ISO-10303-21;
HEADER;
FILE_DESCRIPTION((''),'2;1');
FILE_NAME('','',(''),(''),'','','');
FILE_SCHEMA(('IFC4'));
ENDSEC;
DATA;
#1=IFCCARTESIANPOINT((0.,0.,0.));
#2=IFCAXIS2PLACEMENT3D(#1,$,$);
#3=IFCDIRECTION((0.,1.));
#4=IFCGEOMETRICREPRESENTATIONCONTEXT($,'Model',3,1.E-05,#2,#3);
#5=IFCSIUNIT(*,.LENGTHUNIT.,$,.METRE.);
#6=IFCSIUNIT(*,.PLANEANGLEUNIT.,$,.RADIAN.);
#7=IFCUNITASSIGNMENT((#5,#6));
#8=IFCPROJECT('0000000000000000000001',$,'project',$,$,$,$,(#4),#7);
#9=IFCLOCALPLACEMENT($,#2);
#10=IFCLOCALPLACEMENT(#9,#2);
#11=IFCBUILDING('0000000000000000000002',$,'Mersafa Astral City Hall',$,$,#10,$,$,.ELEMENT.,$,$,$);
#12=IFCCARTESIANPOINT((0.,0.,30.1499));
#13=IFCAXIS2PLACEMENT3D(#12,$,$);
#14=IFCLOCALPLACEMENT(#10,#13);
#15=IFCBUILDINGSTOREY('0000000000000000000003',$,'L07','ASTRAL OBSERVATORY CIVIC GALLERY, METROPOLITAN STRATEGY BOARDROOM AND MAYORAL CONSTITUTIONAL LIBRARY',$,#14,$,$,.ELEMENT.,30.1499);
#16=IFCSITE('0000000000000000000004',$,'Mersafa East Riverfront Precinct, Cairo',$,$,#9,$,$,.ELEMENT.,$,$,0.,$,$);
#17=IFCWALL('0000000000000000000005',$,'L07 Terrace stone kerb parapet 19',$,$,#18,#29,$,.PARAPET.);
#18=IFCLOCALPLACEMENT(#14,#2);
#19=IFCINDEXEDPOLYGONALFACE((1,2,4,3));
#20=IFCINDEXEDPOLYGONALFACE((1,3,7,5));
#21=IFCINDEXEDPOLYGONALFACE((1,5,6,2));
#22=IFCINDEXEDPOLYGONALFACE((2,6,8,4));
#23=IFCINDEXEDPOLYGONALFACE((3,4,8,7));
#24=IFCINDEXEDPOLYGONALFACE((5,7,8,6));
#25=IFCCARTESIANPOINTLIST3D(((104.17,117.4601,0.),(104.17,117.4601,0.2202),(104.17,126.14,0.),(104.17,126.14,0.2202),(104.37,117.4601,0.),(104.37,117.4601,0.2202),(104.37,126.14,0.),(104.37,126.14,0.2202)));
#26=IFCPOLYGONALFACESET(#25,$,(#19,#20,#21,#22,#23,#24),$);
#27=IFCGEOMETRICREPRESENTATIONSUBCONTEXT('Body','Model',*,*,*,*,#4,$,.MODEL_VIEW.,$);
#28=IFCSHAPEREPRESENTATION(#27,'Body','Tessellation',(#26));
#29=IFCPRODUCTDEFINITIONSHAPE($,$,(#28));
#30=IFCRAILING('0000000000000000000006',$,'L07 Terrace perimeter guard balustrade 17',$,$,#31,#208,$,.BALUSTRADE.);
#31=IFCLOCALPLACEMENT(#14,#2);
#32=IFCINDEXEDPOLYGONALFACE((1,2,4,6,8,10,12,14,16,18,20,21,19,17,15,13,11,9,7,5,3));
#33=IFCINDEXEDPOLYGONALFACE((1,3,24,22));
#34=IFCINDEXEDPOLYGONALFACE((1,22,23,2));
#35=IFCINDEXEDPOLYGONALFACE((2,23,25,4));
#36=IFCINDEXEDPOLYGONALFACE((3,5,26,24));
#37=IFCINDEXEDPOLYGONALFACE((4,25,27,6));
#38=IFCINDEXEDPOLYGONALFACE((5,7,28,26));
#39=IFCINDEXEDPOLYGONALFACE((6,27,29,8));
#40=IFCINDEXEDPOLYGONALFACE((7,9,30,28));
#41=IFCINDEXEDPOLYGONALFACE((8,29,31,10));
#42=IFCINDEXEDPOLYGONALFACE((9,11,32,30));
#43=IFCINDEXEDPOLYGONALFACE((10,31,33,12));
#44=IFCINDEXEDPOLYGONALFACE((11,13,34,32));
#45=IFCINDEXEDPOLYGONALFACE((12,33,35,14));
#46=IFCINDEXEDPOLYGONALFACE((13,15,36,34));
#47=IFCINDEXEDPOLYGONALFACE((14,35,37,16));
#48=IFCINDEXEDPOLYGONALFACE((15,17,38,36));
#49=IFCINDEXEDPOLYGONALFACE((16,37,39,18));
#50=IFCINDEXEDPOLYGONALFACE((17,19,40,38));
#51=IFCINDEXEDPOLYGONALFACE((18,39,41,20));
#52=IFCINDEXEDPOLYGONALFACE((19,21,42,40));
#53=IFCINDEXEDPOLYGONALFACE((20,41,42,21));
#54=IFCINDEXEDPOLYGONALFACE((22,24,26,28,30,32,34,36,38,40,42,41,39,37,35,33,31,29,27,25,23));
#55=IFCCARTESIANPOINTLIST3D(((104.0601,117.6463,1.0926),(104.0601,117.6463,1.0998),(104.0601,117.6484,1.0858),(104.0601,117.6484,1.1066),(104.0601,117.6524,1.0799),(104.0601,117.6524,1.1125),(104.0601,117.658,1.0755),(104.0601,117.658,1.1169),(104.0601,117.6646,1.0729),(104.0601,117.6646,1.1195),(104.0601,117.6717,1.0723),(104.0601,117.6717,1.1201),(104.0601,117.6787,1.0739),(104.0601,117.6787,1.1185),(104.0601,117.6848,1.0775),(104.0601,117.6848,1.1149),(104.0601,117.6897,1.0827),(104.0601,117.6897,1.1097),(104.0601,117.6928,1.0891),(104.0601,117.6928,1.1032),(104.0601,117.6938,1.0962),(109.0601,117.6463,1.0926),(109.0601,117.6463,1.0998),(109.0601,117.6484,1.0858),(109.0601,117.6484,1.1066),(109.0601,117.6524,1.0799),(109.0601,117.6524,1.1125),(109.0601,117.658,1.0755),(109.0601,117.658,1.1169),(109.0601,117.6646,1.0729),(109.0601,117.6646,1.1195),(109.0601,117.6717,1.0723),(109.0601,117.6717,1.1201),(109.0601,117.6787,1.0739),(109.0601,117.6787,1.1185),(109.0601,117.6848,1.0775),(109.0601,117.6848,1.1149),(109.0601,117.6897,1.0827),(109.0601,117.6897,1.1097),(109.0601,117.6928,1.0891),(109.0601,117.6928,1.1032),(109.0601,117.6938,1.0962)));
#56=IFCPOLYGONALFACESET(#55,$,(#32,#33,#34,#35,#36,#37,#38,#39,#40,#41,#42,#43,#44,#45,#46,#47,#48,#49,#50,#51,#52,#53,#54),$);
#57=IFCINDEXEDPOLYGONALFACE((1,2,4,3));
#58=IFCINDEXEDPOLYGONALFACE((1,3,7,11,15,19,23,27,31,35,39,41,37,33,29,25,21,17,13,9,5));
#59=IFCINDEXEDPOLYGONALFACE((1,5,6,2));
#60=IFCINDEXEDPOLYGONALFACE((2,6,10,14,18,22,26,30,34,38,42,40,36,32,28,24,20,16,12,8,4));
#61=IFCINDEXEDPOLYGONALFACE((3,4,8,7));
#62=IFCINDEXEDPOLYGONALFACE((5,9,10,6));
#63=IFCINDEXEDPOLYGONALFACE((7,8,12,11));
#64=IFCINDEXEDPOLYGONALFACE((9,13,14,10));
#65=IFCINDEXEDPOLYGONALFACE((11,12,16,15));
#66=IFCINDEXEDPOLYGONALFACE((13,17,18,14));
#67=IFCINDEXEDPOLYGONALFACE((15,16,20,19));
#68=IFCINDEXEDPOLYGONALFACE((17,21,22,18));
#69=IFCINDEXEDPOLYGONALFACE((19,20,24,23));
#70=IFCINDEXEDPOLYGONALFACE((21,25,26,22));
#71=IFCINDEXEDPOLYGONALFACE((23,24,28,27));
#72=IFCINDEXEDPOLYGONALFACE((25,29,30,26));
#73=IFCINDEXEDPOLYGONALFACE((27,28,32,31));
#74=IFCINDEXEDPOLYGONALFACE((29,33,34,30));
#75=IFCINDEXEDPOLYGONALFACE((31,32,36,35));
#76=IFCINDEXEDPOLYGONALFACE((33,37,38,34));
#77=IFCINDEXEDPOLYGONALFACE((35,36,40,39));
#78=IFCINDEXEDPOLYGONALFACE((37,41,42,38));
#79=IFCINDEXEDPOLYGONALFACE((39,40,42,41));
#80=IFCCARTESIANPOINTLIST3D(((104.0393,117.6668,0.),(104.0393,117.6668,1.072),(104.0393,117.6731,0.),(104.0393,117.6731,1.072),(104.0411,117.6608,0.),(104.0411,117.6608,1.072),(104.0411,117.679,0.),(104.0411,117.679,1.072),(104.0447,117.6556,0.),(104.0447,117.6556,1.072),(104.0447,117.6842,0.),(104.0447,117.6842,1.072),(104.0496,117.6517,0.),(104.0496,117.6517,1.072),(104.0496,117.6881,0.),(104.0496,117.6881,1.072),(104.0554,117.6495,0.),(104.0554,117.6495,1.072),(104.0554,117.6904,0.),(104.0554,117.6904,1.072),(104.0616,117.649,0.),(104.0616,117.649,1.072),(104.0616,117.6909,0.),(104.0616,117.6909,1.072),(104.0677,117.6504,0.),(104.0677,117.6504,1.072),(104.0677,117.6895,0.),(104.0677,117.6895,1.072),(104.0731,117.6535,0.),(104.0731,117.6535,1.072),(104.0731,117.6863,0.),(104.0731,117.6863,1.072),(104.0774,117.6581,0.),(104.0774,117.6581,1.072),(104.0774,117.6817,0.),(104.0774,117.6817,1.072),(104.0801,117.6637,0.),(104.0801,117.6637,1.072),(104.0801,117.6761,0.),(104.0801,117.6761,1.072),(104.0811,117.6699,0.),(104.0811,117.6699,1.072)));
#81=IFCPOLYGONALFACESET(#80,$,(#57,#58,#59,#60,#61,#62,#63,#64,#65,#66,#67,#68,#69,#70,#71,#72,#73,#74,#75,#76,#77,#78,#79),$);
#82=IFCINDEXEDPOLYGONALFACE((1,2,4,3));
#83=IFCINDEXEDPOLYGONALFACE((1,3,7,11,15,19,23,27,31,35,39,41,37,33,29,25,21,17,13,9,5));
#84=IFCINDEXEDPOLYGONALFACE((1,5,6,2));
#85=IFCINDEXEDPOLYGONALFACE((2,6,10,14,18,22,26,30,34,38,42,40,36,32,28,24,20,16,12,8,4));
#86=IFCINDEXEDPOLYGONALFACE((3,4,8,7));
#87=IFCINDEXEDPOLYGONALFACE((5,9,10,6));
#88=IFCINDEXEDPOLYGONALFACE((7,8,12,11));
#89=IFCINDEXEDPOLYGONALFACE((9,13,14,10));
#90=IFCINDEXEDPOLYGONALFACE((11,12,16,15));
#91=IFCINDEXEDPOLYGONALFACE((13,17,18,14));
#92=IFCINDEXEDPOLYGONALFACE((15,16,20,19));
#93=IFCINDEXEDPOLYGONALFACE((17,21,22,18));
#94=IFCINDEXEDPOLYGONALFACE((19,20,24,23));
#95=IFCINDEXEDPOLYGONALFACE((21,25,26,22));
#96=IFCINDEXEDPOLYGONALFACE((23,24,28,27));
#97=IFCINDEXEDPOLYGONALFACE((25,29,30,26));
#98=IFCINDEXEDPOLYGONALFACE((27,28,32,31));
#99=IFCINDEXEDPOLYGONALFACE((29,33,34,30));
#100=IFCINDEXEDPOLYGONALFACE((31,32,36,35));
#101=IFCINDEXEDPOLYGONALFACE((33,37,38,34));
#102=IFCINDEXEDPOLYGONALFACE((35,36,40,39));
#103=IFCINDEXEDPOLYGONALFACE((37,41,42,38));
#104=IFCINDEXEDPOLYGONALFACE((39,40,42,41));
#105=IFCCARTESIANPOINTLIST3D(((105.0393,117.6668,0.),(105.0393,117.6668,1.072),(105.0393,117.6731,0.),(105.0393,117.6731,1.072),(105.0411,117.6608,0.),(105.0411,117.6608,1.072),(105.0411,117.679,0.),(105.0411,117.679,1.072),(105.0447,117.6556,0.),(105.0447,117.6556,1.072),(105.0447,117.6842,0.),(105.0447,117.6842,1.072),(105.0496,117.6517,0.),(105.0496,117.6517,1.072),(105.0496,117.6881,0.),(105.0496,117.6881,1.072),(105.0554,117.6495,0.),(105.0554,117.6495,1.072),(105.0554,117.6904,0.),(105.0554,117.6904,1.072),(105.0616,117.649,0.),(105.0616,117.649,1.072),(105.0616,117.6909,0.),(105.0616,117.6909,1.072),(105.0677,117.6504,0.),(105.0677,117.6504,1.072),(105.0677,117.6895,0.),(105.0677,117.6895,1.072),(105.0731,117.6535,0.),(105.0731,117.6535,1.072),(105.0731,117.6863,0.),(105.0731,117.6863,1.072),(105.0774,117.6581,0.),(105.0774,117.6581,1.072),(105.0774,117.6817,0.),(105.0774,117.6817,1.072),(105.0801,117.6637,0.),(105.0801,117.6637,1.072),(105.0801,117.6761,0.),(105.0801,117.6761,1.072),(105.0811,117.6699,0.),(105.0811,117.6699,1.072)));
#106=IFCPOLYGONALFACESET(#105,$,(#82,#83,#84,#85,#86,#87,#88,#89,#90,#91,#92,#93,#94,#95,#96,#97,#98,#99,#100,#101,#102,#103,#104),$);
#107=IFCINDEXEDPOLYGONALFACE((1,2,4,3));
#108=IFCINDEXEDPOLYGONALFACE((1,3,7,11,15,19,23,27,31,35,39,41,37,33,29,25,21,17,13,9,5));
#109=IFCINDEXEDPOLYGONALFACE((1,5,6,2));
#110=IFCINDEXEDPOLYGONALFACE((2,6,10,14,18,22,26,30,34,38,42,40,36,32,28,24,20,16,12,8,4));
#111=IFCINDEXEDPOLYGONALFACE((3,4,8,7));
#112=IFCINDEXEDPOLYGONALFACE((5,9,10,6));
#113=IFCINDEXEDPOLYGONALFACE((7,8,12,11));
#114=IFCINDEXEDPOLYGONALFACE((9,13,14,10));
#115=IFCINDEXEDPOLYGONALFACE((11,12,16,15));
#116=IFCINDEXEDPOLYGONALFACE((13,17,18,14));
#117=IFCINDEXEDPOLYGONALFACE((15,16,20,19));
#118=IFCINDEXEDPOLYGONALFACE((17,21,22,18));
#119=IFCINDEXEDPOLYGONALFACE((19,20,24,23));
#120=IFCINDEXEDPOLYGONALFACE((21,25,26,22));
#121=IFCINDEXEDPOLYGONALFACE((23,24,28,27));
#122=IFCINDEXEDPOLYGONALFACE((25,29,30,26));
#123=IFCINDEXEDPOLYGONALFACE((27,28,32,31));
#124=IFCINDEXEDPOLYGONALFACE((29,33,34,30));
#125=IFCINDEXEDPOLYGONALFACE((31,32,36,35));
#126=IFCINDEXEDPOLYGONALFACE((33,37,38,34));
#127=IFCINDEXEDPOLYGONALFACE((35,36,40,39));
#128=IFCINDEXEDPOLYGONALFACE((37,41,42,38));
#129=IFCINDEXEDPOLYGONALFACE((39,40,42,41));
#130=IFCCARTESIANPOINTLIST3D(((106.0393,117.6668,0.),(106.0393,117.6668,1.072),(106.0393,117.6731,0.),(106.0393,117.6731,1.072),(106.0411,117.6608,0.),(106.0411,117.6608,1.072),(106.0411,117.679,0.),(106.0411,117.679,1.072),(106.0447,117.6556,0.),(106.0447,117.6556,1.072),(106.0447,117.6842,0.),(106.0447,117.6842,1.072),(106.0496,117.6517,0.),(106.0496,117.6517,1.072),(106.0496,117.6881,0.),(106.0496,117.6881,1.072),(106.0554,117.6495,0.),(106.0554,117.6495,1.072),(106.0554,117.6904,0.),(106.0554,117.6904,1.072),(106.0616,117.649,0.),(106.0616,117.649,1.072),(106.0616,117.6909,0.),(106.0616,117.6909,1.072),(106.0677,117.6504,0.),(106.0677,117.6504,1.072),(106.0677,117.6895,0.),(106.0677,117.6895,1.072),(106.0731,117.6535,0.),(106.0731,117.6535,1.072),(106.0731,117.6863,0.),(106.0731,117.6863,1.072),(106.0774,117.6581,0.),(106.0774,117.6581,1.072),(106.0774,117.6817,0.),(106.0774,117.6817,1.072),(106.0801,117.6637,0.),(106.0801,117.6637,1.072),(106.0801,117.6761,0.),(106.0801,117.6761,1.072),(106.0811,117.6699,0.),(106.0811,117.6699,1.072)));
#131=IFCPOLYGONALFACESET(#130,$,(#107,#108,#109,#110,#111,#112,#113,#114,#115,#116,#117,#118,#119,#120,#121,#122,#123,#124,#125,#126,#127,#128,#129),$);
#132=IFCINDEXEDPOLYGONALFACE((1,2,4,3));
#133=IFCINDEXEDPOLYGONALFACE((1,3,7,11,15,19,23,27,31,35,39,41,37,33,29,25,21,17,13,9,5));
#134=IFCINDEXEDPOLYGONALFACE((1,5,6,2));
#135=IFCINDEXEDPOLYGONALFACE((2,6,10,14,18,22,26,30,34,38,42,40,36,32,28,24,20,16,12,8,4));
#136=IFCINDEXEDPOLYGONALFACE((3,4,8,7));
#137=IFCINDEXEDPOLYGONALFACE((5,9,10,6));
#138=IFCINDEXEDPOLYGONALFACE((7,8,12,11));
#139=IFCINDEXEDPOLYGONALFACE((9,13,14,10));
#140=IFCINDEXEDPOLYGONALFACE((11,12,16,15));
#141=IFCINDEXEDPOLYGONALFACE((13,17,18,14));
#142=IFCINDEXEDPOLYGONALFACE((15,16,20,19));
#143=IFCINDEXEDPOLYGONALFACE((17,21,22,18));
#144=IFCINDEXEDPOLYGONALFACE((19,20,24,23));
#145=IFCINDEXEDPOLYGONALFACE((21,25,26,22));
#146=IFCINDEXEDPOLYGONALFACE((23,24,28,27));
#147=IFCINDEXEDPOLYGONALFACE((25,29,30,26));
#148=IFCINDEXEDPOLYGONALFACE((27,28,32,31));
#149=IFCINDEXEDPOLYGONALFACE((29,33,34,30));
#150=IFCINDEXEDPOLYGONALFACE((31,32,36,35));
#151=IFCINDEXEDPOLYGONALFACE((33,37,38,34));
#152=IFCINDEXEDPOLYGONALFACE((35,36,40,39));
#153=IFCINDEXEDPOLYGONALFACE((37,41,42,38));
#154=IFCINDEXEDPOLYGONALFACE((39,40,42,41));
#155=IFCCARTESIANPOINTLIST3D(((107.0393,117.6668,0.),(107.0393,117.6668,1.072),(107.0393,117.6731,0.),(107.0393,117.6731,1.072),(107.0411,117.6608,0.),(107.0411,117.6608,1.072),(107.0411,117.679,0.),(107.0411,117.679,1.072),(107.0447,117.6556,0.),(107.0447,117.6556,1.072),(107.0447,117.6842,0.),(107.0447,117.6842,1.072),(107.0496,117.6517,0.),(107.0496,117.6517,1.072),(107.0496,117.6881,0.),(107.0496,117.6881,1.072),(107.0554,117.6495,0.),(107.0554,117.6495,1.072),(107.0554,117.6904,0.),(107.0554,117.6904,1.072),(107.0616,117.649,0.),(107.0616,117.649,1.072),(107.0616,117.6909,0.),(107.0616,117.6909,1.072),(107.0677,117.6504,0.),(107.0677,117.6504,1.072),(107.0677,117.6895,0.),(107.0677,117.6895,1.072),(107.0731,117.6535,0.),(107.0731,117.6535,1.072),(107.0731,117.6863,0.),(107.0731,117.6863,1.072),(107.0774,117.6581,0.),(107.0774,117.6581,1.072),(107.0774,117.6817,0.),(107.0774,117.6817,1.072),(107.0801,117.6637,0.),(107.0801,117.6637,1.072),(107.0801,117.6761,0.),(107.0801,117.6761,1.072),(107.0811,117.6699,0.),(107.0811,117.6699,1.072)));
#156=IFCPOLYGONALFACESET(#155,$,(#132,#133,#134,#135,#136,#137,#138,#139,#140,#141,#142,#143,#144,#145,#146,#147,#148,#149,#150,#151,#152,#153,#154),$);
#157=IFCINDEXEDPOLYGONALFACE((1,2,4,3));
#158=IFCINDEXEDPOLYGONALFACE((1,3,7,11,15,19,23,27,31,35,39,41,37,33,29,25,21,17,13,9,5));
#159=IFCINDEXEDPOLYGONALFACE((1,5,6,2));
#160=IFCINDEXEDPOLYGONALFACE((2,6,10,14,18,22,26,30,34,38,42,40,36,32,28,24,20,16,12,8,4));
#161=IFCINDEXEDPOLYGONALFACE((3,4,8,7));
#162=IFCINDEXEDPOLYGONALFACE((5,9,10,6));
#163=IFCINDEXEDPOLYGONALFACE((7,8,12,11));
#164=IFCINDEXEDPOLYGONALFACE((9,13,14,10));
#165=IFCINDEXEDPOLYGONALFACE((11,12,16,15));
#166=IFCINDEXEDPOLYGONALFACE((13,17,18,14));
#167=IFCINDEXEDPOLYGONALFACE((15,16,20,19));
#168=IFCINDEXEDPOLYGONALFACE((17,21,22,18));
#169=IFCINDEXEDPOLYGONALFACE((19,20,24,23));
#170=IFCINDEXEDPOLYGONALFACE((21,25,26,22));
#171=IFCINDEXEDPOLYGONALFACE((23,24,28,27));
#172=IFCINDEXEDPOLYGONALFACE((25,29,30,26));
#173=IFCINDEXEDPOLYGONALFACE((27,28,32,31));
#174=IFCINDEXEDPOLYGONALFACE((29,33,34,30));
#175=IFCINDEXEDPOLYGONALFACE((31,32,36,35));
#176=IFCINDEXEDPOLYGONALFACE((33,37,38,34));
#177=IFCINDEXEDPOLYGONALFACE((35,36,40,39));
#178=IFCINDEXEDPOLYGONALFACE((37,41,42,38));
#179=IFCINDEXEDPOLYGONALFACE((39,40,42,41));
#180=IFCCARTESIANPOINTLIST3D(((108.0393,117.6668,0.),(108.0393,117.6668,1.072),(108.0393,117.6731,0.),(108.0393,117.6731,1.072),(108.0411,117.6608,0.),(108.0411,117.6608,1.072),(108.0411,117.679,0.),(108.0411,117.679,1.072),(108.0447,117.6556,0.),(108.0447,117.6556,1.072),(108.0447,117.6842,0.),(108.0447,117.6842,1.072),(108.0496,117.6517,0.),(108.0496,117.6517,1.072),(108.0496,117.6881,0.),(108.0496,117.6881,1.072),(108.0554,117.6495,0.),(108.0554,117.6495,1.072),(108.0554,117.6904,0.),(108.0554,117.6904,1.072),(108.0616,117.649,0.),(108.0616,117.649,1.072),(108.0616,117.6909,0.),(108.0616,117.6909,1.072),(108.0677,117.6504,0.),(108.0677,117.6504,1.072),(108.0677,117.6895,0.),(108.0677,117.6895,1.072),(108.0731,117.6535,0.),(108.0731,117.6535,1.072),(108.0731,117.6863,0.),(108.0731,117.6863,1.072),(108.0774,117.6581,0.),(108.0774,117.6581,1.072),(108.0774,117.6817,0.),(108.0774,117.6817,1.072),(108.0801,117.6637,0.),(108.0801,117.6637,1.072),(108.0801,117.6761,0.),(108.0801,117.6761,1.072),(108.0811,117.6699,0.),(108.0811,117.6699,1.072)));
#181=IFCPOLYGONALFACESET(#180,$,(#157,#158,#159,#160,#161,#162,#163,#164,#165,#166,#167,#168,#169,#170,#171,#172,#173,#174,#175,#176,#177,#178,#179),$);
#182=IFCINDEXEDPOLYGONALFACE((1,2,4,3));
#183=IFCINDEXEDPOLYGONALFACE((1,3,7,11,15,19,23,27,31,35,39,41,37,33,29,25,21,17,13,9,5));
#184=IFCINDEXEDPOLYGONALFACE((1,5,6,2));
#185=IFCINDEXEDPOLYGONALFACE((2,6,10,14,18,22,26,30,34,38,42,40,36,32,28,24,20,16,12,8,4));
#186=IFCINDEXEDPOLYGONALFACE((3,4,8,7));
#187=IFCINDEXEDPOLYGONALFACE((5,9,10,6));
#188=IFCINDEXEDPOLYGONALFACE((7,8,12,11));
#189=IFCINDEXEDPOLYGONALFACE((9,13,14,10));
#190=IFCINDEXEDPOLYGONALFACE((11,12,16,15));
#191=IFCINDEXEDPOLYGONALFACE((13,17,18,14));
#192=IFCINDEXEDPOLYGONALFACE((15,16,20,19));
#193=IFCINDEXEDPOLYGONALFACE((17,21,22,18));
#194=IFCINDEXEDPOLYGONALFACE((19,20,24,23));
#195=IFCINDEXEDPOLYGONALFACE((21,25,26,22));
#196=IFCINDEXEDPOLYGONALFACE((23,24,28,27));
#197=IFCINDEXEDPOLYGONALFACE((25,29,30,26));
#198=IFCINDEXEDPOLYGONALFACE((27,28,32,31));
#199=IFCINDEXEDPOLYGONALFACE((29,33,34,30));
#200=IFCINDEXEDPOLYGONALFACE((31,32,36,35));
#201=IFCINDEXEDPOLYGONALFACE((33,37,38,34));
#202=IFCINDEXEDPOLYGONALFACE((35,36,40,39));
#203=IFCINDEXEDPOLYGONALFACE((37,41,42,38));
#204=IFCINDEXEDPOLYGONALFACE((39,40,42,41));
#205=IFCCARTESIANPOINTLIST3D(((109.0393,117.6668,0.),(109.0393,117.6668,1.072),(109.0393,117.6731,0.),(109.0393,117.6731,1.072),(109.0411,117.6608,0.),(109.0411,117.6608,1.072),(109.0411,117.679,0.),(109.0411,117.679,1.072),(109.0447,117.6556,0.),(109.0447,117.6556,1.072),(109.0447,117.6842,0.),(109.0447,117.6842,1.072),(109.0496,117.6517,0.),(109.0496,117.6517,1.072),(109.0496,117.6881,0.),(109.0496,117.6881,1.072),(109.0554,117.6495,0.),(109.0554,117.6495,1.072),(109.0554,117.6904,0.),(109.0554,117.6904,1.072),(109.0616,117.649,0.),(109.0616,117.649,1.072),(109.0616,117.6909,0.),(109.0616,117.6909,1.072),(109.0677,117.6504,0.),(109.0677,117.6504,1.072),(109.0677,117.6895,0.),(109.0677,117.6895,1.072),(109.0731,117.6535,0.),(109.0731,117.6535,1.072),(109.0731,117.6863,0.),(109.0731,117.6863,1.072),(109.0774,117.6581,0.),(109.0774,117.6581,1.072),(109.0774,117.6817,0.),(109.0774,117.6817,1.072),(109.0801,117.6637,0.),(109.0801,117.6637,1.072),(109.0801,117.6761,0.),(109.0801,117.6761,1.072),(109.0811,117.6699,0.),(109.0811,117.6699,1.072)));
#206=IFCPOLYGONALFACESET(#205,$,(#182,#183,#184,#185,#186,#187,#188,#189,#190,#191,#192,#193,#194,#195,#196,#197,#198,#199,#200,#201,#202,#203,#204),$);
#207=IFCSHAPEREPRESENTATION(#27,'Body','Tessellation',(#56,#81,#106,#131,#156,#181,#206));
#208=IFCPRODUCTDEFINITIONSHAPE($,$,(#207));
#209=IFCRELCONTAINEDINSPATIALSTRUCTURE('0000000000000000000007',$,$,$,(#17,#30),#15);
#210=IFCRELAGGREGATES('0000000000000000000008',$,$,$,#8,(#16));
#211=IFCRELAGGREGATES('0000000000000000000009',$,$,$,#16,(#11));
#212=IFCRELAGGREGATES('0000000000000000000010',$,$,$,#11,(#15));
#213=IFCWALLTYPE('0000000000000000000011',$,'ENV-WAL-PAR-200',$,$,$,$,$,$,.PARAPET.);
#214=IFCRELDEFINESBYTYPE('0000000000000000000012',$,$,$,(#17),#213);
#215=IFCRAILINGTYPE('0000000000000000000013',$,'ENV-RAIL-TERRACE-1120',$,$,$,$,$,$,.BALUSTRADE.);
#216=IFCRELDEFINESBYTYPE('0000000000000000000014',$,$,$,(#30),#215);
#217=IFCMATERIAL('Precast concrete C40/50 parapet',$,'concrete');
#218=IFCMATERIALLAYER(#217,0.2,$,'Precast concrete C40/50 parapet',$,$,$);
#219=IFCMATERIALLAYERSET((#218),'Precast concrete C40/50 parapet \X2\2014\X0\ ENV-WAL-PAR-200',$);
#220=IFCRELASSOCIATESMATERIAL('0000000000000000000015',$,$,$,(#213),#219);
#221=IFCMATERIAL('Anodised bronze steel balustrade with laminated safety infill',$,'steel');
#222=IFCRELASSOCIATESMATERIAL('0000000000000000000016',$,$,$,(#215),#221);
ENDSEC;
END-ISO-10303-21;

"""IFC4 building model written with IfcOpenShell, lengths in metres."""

from ifc_helpers import new_model, si_unit, direction, frame, frame_2d, origin, origin_2d, place, context, subcontext, project, spatial, rectangle, circle, extrude, material, layer, layer_set, type_object, element, save


model = new_model("IFC4")

# Units and contexts
model_context = context("Model", 3, precision=1e-05, world=origin(), true_north=direction((0.0, 1.0)))
body_context = subcontext(model_context, "Body", "Model", "MODEL_VIEW")
ifc_project = project(units=[si_unit("LENGTHUNIT", "METRE"), si_unit("PLANEANGLEUNIT", "RADIAN")], contexts=[model_context])

# Site, building, storey
site_placement = place(None, origin())
site = spatial("IfcSite", under=ifc_project, at=site_placement, Name="Mersafa East Riverfront Precinct, Cairo", CompositionType="ELEMENT", RefElevation=0.0)
building_placement = place(site_placement, origin())
building = spatial("IfcBuilding", under=site, at=building_placement, Name="Mersafa Astral City Hall", CompositionType="ELEMENT")
storey_placement = place(building_placement, frame((0.0, 0.0, 30.1499)))
storey = spatial("IfcBuildingStorey", under=building, at=storey_placement, Name="L07", Description="ASTRAL OBSERVATORY CIVIC GALLERY, METROPOLITAN STRATEGY BOARDROOM AND MAYORAL CONSTITUTIONAL LIBRARY", CompositionType="ELEMENT", Elevation=30.1499)

# Wall
ifc_material_1 = material(Name="Precast concrete C40/50 parapet", Category="concrete")
ifc_layer_1 = layer(ifc_material_1, 0.2, Name="Precast concrete C40/50 parapet")
ifc_layer_set_1 = layer_set([ifc_layer_1], Name="Precast concrete C40/50 parapet — ENV-WAL-PAR-200")
wall_type_1 = type_object("IfcWallType", Name="ENV-WAL-PAR-200", PredefinedType="PARAPET", material=ifc_layer_set_1)
wall_1_placement = place(storey_placement, frame((104.27, 126.1399, 0.0), z_axis=(0.0, 0.0, 1.0), x_axis=(0.0, -1.0, 0.0)))
element("IfcWall", 1, at=wall_1_placement, inside=storey, type_object=wall_type_1, Name="L07 Terrace stone kerb parapet 19", PredefinedType="PARAPET", context=body_context, shape_type="SweptSolid", body=[
    extrude(rectangle(XDim=8.6799, YDim=0.2, at=frame_2d((4.3398, 0.0))), origin(), (0.0, 0.0, 1.0), 0.2202),
])

# Railing
ifc_material_2 = material(Name="Anodised bronze steel balustrade with laminated safety infill", Category="steel")
railing_type = type_object("IfcRailingType", Name="ENV-RAIL-TERRACE-1120", PredefinedType="BALUSTRADE", material=ifc_material_2)
railing_1_placement = place(storey_placement, frame((104.0601, 117.6699, 0.0)))
element("IfcRailing", 2, at=railing_1_placement, inside=storey, type_object=railing_type, Name="L07 Terrace perimeter guard balustrade 17", PredefinedType="BALUSTRADE", context=body_context, shape_type="SweptSolid", body=[
    extrude(circle(Radius=0.0239, at=origin_2d()), frame((0.0, 0.0, 1.0962), z_axis=(1.0, 0.0, 0.0), x_axis=(0.0, 1.0, 0.0)), (0.0, 0.0, 1.0), 5.0),
    extrude(circle(Radius=0.021, at=origin_2d()), origin(), (0.0, 0.0, 1.0), 1.072),
    extrude(circle(Radius=0.021, at=origin_2d()), frame((1.0, 0.0, 0.0)), (0.0, 0.0, 1.0), 1.072),
    extrude(circle(Radius=0.021, at=origin_2d()), frame((2.0, 0.0, 0.0)), (0.0, 0.0, 1.0), 1.072),
    extrude(circle(Radius=0.021, at=origin_2d()), frame((3.0, 0.0, 0.0)), (0.0, 0.0, 1.0), 1.072),
    extrude(circle(Radius=0.021, at=origin_2d()), frame((4.0, 0.0, 0.0)), (0.0, 0.0, 1.0), 1.072),
    extrude(circle(Radius=0.021, at=origin_2d()), frame((5.0, 0.0, 0.0)), (0.0, 0.0, 1.0), 1.072),
])

save(model, "model.ifc")
